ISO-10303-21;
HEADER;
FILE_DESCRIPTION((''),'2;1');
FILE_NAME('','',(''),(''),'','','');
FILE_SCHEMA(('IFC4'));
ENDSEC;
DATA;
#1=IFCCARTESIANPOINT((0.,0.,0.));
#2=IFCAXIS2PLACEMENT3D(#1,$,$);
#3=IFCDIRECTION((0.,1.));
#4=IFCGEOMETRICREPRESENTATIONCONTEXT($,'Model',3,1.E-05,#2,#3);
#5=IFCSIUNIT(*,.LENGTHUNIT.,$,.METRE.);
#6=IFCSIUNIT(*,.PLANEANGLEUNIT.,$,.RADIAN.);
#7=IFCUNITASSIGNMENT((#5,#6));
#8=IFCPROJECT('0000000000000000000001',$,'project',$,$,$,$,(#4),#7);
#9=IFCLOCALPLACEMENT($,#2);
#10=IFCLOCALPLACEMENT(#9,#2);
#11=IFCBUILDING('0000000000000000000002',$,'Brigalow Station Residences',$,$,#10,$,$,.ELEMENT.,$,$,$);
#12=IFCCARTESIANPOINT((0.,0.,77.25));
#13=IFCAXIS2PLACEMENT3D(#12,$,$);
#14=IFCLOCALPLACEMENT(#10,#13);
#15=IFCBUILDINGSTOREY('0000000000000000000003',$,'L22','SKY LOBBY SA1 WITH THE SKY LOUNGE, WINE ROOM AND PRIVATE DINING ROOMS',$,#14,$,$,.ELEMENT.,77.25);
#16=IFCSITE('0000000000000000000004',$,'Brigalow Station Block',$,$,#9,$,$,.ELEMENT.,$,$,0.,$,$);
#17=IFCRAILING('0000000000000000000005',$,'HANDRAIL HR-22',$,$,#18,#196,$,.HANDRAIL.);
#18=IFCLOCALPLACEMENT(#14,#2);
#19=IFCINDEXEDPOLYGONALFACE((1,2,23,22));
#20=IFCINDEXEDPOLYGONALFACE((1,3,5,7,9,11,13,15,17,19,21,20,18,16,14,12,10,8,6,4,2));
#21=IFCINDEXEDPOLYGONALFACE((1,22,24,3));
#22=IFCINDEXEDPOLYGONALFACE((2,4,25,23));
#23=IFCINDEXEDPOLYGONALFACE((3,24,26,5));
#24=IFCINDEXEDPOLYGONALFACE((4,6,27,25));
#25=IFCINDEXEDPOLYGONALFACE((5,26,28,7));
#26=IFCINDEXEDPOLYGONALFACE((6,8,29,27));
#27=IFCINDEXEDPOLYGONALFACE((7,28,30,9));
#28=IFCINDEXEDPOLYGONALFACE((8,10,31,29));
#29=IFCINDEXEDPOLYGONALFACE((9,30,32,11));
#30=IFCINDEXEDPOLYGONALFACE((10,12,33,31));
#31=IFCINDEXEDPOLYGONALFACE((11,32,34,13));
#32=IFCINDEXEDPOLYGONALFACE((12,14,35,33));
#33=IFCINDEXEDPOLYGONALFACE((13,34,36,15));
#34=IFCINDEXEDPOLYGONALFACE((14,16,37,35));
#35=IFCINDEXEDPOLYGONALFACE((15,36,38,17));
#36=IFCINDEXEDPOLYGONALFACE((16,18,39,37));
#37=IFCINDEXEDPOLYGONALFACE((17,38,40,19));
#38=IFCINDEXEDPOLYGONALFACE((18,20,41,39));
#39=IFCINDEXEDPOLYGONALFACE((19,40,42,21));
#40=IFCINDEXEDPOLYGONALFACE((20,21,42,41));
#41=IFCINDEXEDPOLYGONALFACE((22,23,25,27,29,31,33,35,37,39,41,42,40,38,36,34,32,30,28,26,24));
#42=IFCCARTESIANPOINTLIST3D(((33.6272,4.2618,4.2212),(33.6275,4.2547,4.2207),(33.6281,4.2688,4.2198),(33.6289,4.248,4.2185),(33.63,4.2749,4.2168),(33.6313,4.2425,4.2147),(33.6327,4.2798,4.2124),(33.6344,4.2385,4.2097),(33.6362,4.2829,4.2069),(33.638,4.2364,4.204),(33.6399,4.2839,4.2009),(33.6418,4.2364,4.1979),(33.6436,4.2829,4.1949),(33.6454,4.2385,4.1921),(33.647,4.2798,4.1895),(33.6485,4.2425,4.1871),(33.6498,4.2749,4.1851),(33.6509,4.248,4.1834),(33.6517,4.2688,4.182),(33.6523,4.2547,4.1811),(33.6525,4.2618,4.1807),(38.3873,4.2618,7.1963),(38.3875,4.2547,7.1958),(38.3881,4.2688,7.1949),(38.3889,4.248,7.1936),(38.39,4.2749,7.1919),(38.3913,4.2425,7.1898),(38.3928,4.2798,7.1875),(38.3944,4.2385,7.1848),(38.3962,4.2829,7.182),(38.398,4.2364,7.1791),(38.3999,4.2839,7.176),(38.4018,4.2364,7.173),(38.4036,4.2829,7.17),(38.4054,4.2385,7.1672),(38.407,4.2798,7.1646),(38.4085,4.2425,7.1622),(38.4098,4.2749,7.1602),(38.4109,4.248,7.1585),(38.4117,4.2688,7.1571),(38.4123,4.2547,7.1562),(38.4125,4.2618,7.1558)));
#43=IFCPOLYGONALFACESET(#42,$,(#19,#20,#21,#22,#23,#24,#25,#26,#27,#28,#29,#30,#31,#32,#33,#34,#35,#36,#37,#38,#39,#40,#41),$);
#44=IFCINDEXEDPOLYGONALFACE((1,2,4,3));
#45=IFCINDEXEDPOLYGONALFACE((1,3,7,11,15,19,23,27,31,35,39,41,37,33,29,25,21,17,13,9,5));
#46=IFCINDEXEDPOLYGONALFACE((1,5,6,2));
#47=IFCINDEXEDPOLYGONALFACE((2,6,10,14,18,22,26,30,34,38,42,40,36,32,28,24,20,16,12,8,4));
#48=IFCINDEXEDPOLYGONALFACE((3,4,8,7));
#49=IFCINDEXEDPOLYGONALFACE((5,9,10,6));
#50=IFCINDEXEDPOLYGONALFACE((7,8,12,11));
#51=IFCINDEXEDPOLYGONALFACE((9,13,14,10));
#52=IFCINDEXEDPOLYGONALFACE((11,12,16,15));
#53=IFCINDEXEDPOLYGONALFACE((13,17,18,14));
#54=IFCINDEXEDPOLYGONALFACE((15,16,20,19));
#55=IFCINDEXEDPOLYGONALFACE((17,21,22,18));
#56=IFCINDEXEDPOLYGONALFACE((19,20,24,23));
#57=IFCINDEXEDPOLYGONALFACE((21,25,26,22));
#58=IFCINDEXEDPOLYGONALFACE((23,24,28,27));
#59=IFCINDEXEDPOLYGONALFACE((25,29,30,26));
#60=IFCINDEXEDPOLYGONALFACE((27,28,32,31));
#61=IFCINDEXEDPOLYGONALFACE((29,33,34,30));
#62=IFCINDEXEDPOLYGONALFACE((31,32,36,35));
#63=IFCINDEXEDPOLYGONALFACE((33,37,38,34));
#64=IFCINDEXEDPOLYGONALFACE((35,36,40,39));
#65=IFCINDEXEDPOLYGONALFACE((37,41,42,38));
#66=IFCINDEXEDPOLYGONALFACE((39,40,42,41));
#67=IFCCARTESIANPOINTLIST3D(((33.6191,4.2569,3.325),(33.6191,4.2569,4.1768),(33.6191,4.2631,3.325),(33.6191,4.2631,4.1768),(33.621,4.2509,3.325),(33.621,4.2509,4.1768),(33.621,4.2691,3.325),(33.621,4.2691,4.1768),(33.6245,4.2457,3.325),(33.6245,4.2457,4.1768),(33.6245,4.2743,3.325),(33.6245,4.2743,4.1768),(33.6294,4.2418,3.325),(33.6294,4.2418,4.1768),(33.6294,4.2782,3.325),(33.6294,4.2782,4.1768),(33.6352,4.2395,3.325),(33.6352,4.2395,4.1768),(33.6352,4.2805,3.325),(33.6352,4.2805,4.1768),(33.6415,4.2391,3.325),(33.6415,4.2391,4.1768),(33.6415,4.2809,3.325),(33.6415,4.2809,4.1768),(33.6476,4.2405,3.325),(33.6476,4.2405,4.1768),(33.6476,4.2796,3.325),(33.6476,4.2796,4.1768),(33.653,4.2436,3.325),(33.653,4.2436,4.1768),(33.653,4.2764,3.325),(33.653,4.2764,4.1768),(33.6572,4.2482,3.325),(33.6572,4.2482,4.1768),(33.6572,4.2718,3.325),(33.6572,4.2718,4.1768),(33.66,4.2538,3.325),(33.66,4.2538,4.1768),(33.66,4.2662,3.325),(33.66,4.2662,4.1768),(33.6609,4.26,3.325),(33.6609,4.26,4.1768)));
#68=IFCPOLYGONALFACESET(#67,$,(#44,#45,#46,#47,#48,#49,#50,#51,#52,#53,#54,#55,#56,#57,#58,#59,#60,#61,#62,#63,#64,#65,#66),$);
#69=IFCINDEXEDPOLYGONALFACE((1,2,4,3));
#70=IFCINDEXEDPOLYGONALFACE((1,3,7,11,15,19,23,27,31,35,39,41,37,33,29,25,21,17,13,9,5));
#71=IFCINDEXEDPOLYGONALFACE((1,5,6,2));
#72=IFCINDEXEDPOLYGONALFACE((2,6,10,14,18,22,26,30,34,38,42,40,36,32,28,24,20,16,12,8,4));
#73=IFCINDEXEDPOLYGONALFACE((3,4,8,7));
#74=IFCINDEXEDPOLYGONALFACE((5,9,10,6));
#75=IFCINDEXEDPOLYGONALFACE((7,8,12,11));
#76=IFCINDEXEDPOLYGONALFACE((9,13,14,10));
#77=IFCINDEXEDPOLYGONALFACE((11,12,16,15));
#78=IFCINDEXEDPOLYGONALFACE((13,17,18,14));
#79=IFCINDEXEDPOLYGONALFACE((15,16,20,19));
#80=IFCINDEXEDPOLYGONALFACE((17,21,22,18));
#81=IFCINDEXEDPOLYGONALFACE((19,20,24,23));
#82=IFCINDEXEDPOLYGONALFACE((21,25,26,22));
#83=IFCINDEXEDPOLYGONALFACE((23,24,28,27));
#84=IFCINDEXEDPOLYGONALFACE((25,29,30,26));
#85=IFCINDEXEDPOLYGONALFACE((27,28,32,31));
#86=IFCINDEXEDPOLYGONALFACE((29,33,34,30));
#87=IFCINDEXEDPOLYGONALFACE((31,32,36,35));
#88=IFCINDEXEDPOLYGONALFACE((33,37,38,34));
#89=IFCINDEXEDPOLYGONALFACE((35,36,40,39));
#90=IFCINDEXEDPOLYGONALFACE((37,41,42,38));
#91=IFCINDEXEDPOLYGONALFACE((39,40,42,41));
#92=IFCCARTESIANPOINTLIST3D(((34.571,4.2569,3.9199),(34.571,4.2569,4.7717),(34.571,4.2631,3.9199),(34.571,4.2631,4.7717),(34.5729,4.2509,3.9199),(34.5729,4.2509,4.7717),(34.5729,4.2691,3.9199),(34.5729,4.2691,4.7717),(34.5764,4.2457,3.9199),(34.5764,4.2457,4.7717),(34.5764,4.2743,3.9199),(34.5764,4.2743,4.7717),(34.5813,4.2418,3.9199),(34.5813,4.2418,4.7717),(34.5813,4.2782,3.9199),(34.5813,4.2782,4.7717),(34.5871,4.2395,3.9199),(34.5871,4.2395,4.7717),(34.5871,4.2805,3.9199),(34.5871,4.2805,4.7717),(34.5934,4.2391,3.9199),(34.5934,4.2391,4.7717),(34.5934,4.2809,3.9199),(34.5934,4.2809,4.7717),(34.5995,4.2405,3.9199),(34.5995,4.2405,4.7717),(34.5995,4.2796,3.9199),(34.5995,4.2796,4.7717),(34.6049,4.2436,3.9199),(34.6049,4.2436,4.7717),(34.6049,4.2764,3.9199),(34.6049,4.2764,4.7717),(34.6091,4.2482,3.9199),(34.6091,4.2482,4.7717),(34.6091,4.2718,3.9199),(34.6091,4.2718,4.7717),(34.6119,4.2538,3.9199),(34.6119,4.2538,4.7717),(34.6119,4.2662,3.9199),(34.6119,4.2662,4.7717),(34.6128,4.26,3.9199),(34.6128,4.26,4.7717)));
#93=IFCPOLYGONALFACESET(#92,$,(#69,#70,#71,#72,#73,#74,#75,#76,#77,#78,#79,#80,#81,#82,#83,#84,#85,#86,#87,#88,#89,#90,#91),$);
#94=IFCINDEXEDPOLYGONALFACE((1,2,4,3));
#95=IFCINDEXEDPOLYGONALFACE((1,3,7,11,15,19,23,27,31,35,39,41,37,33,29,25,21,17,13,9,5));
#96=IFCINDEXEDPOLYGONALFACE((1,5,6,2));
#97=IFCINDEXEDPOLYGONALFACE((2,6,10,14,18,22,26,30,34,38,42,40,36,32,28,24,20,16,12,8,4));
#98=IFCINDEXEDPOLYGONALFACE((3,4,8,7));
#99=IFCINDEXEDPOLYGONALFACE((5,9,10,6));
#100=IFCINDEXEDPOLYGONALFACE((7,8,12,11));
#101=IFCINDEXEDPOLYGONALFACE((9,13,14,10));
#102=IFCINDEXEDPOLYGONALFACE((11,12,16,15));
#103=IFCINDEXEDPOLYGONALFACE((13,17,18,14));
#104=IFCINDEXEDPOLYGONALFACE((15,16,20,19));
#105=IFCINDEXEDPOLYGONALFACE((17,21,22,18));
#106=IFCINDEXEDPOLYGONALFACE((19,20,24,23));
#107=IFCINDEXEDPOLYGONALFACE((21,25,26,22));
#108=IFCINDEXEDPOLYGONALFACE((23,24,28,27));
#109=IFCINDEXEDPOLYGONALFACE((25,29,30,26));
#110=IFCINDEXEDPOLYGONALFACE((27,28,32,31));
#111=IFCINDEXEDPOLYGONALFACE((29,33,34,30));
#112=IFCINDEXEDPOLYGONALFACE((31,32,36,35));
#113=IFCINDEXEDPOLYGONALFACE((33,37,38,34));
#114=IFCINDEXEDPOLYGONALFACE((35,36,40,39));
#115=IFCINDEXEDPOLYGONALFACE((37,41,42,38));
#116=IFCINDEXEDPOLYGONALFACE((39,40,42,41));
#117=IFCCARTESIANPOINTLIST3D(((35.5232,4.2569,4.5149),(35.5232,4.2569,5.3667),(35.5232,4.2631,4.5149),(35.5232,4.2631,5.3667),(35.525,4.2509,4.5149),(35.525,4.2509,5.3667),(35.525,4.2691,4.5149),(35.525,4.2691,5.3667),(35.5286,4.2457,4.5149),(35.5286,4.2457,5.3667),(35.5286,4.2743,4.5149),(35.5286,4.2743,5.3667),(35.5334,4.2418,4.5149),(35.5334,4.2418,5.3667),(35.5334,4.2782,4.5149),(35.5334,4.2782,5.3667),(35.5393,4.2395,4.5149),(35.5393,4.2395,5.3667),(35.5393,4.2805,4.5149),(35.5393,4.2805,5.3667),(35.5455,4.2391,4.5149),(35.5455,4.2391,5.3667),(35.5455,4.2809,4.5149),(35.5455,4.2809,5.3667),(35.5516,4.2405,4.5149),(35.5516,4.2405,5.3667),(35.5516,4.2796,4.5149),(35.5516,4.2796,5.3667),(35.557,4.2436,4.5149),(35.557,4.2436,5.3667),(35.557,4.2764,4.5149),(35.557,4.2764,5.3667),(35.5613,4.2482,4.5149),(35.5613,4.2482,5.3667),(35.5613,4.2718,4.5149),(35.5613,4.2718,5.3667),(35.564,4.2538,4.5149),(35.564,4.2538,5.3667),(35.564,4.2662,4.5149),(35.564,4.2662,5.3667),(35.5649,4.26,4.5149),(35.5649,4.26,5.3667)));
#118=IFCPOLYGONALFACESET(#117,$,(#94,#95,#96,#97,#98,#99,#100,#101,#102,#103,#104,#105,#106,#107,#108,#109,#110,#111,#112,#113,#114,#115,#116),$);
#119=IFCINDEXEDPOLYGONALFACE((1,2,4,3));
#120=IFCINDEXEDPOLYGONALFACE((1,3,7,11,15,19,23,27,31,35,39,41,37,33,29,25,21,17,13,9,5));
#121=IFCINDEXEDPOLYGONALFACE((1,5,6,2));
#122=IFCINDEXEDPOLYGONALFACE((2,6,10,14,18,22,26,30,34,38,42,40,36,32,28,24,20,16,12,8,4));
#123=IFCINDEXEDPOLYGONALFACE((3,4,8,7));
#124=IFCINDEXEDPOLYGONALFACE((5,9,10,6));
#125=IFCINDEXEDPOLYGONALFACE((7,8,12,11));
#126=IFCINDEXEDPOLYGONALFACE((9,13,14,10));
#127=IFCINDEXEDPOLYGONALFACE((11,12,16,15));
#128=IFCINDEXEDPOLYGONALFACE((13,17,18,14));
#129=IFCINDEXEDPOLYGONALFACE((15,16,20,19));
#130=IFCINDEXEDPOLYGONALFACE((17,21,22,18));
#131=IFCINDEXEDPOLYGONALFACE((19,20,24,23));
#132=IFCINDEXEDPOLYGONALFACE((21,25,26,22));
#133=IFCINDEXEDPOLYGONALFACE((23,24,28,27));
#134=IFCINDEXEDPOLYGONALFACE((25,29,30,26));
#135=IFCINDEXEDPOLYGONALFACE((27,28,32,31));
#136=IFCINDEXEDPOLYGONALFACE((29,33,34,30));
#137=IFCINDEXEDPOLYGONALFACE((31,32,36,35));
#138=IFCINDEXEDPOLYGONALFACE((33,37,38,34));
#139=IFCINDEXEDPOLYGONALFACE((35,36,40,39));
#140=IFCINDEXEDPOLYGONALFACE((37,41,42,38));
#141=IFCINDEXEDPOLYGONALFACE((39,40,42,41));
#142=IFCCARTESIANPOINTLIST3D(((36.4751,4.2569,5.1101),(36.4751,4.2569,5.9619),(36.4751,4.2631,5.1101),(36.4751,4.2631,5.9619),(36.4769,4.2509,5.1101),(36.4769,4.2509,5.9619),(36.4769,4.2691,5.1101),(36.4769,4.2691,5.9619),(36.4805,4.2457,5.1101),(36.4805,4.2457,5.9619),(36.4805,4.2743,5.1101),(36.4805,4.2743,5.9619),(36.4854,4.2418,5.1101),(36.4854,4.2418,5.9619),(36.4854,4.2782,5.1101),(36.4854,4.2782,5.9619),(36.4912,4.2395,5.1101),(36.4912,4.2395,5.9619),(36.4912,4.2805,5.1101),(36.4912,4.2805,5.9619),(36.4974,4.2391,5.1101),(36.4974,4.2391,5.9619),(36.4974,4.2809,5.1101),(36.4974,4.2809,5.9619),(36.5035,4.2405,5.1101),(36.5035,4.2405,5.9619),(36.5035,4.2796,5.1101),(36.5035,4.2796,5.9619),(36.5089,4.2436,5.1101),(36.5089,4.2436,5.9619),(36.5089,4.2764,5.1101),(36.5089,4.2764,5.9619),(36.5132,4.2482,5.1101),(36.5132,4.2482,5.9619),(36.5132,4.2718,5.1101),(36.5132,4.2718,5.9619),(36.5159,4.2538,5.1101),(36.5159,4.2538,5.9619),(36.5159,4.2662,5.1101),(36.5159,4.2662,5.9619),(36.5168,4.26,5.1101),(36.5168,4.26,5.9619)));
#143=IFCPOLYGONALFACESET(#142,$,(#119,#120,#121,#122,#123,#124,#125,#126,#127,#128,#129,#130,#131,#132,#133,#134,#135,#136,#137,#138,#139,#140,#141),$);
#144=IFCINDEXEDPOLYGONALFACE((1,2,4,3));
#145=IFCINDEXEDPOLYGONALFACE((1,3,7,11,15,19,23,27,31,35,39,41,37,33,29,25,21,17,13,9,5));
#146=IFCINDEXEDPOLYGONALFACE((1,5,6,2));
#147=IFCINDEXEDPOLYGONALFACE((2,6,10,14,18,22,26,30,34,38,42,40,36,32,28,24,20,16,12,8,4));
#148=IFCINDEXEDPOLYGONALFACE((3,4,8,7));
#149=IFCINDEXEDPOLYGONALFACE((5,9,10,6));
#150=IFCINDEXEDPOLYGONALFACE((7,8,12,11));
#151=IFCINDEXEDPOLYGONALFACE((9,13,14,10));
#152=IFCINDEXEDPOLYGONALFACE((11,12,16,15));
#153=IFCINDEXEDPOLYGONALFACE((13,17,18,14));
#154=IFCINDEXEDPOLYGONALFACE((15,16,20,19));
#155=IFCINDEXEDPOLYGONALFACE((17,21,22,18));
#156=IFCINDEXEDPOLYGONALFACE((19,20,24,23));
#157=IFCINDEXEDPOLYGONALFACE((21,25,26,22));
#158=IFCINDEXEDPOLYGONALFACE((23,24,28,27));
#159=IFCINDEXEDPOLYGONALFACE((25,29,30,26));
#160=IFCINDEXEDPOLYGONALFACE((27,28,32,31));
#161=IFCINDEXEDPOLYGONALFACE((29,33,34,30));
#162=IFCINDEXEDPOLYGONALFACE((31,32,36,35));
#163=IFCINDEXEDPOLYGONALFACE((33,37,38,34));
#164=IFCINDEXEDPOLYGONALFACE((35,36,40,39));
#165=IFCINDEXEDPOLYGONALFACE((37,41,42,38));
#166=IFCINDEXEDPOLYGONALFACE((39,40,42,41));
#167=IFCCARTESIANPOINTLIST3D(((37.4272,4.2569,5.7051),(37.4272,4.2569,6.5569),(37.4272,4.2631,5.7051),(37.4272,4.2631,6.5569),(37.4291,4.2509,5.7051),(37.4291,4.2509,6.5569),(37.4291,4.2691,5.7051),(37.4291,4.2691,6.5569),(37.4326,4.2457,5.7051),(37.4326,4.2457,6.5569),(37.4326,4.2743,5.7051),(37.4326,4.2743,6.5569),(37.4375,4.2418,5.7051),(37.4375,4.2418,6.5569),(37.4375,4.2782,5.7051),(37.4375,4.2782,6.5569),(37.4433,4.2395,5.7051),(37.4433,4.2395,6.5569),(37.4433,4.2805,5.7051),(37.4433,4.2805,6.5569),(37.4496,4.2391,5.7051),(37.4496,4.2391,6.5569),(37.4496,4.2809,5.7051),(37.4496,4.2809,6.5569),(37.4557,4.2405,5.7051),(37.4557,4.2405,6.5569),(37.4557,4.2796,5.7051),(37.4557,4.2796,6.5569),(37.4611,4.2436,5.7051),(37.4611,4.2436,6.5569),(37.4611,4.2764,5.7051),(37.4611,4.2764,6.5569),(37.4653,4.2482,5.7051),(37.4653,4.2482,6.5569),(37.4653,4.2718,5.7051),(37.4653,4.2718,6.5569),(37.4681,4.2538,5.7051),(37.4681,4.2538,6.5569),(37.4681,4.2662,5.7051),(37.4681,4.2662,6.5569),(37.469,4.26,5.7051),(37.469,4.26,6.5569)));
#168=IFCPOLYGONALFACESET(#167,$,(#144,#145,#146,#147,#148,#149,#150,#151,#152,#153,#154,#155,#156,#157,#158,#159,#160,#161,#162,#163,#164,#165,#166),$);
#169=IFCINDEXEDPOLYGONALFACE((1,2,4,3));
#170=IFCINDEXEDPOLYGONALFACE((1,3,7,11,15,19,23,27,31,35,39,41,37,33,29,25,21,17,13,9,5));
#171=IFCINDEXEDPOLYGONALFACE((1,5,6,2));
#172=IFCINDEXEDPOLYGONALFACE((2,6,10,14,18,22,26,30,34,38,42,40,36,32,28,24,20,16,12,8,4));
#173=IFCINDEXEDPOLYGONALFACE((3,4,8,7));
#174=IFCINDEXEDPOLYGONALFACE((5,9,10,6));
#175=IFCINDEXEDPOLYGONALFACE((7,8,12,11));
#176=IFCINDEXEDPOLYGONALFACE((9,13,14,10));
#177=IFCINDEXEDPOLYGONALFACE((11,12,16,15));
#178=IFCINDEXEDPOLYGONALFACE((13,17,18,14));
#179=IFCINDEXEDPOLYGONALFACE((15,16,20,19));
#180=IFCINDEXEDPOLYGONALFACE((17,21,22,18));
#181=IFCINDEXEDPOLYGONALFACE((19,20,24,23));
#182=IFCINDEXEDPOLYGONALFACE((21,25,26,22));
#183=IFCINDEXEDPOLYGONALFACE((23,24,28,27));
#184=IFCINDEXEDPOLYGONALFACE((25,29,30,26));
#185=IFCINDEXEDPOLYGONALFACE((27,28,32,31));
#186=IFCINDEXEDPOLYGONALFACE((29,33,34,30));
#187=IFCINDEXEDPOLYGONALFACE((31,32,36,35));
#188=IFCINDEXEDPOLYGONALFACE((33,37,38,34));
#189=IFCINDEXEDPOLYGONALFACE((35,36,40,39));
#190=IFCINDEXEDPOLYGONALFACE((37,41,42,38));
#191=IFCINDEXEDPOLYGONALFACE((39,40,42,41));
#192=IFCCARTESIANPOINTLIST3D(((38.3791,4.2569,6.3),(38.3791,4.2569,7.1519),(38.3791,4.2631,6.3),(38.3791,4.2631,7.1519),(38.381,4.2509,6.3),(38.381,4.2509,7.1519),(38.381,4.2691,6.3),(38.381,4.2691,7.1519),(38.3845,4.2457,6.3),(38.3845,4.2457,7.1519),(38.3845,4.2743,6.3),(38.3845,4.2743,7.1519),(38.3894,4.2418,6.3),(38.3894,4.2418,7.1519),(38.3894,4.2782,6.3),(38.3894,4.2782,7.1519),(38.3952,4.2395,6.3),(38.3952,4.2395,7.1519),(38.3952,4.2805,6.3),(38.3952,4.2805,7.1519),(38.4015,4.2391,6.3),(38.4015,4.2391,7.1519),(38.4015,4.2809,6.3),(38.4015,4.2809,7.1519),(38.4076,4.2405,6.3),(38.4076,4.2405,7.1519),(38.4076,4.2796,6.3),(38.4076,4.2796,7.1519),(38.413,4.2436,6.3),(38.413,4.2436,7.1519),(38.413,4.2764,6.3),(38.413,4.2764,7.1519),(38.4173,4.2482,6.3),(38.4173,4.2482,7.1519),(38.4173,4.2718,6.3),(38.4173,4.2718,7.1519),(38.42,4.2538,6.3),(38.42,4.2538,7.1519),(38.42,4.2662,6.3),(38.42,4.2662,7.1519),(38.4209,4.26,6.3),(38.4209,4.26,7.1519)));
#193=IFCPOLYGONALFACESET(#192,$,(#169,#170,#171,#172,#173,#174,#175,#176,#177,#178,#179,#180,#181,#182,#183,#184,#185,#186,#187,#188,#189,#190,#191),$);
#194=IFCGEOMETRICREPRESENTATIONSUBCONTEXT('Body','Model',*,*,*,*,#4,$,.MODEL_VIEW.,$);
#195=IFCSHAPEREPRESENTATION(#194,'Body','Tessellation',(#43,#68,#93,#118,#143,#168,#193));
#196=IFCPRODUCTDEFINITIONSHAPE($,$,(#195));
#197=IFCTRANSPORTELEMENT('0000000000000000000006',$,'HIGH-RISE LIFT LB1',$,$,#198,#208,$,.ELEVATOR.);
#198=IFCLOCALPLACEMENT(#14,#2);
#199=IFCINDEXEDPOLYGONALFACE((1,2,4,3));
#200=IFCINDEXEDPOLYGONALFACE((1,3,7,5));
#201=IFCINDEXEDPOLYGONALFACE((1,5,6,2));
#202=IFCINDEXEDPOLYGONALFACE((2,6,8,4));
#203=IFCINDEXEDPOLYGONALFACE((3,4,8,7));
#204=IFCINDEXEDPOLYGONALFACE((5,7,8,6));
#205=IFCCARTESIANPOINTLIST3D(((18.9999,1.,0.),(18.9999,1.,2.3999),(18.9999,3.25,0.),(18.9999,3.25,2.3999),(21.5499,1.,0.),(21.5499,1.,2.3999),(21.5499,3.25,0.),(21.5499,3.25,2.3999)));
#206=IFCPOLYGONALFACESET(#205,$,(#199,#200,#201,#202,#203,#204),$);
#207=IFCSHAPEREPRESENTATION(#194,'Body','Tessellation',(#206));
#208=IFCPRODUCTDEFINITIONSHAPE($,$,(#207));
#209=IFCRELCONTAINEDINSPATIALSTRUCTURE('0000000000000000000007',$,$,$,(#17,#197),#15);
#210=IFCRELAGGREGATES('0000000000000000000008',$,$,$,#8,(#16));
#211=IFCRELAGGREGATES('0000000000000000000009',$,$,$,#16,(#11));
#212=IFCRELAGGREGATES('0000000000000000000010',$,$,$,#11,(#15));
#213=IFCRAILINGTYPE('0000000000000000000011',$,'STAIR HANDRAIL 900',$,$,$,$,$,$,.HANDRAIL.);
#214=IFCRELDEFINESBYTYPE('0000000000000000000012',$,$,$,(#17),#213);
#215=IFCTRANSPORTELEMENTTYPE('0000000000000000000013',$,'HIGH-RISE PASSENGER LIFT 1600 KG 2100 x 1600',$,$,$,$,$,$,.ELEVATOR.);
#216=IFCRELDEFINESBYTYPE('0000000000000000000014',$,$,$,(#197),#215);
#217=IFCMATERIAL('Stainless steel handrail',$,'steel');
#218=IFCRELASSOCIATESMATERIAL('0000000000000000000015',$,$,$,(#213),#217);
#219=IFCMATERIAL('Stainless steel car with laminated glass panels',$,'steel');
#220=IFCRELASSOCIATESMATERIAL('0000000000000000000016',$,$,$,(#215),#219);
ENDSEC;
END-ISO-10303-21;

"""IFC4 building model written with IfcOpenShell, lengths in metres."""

from ifc_helpers import new_model, si_unit, direction, frame, origin, origin_2d, place, context, subcontext, project, spatial, rectangle, circle, extrude, material, type_object, element, save


model = new_model("IFC4")

# Units and contexts
model_context = context("Model", 3, precision=1e-05, world=origin(), true_north=direction((0.0, 1.0)))
body_context = subcontext(model_context, "Body", "Model", "MODEL_VIEW")
ifc_project = project(units=[si_unit("LENGTHUNIT", "METRE"), si_unit("PLANEANGLEUNIT", "RADIAN")], contexts=[model_context])

# Site, building, storey
site_placement = place(None, origin())
site = spatial("IfcSite", under=ifc_project, at=site_placement, Name="Brigalow Station Block", CompositionType="ELEMENT", RefElevation=0.0)
building_placement = place(site_placement, origin())
building = spatial("IfcBuilding", under=site, at=building_placement, Name="Brigalow Station Residences", CompositionType="ELEMENT")
storey_placement = place(building_placement, frame((0.0, 0.0, 77.25)))
storey = spatial("IfcBuildingStorey", under=building, at=storey_placement, Name="L22", Description="SKY LOBBY SA1 WITH THE SKY LOUNGE, WINE ROOM AND PRIVATE DINING ROOMS", CompositionType="ELEMENT", Elevation=77.25)

# Railing
ifc_material_1 = material(Name="Stainless steel handrail", Category="steel")
railing_type_1 = type_object("IfcRailingType", Name="STAIR HANDRAIL 900", PredefinedType="HANDRAIL", material=ifc_material_1)
railing_1_placement = place(storey_placement, frame((33.6399, 4.26, 3.325)))
element("IfcRailing", 1, at=railing_1_placement, inside=storey, type_object=railing_type_1, Name="HANDRAIL HR-22", PredefinedType="HANDRAIL", context=body_context, shape_type="SweptSolid", body=[
    extrude(circle(Radius=0.0239, at=origin_2d()), frame((0.0, 0.0, 0.876), z_axis=(0.847991, 0.0, 0.530011), x_axis=(0.0, 1.0, 0.0)), (0.0, 0.0, 1.0), 5.6133),
    extrude(circle(Radius=0.021, at=origin_2d()), origin(), (0.0, 0.0, 1.0), 0.8518),
    extrude(circle(Radius=0.021, at=origin_2d()), frame((0.9519, 0.0, 0.595)), (0.0, 0.0, 1.0), 0.8518),
    extrude(circle(Radius=0.021, at=origin_2d()), frame((1.9041, 0.0, 1.1899)), (0.0, 0.0, 1.0), 0.8518),
    extrude(circle(Radius=0.021, at=origin_2d()), frame((2.856, 0.0, 1.7852)), (0.0, 0.0, 1.0), 0.8518),
    extrude(circle(Radius=0.021, at=origin_2d()), frame((3.8081, 0.0, 2.3801)), (0.0, 0.0, 1.0), 0.8518),
    extrude(circle(Radius=0.021, at=origin_2d()), frame((4.76, 0.0, 2.9751)), (0.0, 0.0, 1.0), 0.8518),
])

# Transport element
ifc_material_2 = material(Name="Stainless steel car with laminated glass panels", Category="steel")
transport_element_type = type_object("IfcTransportElementType", Name="HIGH-RISE PASSENGER LIFT 1600 KG 2100 x 1600", PredefinedType="ELEVATOR", material=ifc_material_2)
for number, where, z_axis, x_axis, name in (
    (2, (20.2749, 2.125, 0.0), (0.0, 0.0, 1.0), (1.0, 0.0, 0.0), "HIGH-RISE LIFT LB1"),
):
    element("IfcTransportElement", number, at=place(storey_placement, frame(where, z_axis=z_axis, x_axis=x_axis)), inside=storey, type_object=transport_element_type, Name=name, PredefinedType="ELEVATOR", context=body_context, shape_type="SweptSolid", body=[
        extrude(rectangle(XDim=2.55, YDim=2.25, at=origin_2d()), origin(), (0.0, 0.0, 1.0), 2.3999),
    ])

save(model, "model.ifc")
